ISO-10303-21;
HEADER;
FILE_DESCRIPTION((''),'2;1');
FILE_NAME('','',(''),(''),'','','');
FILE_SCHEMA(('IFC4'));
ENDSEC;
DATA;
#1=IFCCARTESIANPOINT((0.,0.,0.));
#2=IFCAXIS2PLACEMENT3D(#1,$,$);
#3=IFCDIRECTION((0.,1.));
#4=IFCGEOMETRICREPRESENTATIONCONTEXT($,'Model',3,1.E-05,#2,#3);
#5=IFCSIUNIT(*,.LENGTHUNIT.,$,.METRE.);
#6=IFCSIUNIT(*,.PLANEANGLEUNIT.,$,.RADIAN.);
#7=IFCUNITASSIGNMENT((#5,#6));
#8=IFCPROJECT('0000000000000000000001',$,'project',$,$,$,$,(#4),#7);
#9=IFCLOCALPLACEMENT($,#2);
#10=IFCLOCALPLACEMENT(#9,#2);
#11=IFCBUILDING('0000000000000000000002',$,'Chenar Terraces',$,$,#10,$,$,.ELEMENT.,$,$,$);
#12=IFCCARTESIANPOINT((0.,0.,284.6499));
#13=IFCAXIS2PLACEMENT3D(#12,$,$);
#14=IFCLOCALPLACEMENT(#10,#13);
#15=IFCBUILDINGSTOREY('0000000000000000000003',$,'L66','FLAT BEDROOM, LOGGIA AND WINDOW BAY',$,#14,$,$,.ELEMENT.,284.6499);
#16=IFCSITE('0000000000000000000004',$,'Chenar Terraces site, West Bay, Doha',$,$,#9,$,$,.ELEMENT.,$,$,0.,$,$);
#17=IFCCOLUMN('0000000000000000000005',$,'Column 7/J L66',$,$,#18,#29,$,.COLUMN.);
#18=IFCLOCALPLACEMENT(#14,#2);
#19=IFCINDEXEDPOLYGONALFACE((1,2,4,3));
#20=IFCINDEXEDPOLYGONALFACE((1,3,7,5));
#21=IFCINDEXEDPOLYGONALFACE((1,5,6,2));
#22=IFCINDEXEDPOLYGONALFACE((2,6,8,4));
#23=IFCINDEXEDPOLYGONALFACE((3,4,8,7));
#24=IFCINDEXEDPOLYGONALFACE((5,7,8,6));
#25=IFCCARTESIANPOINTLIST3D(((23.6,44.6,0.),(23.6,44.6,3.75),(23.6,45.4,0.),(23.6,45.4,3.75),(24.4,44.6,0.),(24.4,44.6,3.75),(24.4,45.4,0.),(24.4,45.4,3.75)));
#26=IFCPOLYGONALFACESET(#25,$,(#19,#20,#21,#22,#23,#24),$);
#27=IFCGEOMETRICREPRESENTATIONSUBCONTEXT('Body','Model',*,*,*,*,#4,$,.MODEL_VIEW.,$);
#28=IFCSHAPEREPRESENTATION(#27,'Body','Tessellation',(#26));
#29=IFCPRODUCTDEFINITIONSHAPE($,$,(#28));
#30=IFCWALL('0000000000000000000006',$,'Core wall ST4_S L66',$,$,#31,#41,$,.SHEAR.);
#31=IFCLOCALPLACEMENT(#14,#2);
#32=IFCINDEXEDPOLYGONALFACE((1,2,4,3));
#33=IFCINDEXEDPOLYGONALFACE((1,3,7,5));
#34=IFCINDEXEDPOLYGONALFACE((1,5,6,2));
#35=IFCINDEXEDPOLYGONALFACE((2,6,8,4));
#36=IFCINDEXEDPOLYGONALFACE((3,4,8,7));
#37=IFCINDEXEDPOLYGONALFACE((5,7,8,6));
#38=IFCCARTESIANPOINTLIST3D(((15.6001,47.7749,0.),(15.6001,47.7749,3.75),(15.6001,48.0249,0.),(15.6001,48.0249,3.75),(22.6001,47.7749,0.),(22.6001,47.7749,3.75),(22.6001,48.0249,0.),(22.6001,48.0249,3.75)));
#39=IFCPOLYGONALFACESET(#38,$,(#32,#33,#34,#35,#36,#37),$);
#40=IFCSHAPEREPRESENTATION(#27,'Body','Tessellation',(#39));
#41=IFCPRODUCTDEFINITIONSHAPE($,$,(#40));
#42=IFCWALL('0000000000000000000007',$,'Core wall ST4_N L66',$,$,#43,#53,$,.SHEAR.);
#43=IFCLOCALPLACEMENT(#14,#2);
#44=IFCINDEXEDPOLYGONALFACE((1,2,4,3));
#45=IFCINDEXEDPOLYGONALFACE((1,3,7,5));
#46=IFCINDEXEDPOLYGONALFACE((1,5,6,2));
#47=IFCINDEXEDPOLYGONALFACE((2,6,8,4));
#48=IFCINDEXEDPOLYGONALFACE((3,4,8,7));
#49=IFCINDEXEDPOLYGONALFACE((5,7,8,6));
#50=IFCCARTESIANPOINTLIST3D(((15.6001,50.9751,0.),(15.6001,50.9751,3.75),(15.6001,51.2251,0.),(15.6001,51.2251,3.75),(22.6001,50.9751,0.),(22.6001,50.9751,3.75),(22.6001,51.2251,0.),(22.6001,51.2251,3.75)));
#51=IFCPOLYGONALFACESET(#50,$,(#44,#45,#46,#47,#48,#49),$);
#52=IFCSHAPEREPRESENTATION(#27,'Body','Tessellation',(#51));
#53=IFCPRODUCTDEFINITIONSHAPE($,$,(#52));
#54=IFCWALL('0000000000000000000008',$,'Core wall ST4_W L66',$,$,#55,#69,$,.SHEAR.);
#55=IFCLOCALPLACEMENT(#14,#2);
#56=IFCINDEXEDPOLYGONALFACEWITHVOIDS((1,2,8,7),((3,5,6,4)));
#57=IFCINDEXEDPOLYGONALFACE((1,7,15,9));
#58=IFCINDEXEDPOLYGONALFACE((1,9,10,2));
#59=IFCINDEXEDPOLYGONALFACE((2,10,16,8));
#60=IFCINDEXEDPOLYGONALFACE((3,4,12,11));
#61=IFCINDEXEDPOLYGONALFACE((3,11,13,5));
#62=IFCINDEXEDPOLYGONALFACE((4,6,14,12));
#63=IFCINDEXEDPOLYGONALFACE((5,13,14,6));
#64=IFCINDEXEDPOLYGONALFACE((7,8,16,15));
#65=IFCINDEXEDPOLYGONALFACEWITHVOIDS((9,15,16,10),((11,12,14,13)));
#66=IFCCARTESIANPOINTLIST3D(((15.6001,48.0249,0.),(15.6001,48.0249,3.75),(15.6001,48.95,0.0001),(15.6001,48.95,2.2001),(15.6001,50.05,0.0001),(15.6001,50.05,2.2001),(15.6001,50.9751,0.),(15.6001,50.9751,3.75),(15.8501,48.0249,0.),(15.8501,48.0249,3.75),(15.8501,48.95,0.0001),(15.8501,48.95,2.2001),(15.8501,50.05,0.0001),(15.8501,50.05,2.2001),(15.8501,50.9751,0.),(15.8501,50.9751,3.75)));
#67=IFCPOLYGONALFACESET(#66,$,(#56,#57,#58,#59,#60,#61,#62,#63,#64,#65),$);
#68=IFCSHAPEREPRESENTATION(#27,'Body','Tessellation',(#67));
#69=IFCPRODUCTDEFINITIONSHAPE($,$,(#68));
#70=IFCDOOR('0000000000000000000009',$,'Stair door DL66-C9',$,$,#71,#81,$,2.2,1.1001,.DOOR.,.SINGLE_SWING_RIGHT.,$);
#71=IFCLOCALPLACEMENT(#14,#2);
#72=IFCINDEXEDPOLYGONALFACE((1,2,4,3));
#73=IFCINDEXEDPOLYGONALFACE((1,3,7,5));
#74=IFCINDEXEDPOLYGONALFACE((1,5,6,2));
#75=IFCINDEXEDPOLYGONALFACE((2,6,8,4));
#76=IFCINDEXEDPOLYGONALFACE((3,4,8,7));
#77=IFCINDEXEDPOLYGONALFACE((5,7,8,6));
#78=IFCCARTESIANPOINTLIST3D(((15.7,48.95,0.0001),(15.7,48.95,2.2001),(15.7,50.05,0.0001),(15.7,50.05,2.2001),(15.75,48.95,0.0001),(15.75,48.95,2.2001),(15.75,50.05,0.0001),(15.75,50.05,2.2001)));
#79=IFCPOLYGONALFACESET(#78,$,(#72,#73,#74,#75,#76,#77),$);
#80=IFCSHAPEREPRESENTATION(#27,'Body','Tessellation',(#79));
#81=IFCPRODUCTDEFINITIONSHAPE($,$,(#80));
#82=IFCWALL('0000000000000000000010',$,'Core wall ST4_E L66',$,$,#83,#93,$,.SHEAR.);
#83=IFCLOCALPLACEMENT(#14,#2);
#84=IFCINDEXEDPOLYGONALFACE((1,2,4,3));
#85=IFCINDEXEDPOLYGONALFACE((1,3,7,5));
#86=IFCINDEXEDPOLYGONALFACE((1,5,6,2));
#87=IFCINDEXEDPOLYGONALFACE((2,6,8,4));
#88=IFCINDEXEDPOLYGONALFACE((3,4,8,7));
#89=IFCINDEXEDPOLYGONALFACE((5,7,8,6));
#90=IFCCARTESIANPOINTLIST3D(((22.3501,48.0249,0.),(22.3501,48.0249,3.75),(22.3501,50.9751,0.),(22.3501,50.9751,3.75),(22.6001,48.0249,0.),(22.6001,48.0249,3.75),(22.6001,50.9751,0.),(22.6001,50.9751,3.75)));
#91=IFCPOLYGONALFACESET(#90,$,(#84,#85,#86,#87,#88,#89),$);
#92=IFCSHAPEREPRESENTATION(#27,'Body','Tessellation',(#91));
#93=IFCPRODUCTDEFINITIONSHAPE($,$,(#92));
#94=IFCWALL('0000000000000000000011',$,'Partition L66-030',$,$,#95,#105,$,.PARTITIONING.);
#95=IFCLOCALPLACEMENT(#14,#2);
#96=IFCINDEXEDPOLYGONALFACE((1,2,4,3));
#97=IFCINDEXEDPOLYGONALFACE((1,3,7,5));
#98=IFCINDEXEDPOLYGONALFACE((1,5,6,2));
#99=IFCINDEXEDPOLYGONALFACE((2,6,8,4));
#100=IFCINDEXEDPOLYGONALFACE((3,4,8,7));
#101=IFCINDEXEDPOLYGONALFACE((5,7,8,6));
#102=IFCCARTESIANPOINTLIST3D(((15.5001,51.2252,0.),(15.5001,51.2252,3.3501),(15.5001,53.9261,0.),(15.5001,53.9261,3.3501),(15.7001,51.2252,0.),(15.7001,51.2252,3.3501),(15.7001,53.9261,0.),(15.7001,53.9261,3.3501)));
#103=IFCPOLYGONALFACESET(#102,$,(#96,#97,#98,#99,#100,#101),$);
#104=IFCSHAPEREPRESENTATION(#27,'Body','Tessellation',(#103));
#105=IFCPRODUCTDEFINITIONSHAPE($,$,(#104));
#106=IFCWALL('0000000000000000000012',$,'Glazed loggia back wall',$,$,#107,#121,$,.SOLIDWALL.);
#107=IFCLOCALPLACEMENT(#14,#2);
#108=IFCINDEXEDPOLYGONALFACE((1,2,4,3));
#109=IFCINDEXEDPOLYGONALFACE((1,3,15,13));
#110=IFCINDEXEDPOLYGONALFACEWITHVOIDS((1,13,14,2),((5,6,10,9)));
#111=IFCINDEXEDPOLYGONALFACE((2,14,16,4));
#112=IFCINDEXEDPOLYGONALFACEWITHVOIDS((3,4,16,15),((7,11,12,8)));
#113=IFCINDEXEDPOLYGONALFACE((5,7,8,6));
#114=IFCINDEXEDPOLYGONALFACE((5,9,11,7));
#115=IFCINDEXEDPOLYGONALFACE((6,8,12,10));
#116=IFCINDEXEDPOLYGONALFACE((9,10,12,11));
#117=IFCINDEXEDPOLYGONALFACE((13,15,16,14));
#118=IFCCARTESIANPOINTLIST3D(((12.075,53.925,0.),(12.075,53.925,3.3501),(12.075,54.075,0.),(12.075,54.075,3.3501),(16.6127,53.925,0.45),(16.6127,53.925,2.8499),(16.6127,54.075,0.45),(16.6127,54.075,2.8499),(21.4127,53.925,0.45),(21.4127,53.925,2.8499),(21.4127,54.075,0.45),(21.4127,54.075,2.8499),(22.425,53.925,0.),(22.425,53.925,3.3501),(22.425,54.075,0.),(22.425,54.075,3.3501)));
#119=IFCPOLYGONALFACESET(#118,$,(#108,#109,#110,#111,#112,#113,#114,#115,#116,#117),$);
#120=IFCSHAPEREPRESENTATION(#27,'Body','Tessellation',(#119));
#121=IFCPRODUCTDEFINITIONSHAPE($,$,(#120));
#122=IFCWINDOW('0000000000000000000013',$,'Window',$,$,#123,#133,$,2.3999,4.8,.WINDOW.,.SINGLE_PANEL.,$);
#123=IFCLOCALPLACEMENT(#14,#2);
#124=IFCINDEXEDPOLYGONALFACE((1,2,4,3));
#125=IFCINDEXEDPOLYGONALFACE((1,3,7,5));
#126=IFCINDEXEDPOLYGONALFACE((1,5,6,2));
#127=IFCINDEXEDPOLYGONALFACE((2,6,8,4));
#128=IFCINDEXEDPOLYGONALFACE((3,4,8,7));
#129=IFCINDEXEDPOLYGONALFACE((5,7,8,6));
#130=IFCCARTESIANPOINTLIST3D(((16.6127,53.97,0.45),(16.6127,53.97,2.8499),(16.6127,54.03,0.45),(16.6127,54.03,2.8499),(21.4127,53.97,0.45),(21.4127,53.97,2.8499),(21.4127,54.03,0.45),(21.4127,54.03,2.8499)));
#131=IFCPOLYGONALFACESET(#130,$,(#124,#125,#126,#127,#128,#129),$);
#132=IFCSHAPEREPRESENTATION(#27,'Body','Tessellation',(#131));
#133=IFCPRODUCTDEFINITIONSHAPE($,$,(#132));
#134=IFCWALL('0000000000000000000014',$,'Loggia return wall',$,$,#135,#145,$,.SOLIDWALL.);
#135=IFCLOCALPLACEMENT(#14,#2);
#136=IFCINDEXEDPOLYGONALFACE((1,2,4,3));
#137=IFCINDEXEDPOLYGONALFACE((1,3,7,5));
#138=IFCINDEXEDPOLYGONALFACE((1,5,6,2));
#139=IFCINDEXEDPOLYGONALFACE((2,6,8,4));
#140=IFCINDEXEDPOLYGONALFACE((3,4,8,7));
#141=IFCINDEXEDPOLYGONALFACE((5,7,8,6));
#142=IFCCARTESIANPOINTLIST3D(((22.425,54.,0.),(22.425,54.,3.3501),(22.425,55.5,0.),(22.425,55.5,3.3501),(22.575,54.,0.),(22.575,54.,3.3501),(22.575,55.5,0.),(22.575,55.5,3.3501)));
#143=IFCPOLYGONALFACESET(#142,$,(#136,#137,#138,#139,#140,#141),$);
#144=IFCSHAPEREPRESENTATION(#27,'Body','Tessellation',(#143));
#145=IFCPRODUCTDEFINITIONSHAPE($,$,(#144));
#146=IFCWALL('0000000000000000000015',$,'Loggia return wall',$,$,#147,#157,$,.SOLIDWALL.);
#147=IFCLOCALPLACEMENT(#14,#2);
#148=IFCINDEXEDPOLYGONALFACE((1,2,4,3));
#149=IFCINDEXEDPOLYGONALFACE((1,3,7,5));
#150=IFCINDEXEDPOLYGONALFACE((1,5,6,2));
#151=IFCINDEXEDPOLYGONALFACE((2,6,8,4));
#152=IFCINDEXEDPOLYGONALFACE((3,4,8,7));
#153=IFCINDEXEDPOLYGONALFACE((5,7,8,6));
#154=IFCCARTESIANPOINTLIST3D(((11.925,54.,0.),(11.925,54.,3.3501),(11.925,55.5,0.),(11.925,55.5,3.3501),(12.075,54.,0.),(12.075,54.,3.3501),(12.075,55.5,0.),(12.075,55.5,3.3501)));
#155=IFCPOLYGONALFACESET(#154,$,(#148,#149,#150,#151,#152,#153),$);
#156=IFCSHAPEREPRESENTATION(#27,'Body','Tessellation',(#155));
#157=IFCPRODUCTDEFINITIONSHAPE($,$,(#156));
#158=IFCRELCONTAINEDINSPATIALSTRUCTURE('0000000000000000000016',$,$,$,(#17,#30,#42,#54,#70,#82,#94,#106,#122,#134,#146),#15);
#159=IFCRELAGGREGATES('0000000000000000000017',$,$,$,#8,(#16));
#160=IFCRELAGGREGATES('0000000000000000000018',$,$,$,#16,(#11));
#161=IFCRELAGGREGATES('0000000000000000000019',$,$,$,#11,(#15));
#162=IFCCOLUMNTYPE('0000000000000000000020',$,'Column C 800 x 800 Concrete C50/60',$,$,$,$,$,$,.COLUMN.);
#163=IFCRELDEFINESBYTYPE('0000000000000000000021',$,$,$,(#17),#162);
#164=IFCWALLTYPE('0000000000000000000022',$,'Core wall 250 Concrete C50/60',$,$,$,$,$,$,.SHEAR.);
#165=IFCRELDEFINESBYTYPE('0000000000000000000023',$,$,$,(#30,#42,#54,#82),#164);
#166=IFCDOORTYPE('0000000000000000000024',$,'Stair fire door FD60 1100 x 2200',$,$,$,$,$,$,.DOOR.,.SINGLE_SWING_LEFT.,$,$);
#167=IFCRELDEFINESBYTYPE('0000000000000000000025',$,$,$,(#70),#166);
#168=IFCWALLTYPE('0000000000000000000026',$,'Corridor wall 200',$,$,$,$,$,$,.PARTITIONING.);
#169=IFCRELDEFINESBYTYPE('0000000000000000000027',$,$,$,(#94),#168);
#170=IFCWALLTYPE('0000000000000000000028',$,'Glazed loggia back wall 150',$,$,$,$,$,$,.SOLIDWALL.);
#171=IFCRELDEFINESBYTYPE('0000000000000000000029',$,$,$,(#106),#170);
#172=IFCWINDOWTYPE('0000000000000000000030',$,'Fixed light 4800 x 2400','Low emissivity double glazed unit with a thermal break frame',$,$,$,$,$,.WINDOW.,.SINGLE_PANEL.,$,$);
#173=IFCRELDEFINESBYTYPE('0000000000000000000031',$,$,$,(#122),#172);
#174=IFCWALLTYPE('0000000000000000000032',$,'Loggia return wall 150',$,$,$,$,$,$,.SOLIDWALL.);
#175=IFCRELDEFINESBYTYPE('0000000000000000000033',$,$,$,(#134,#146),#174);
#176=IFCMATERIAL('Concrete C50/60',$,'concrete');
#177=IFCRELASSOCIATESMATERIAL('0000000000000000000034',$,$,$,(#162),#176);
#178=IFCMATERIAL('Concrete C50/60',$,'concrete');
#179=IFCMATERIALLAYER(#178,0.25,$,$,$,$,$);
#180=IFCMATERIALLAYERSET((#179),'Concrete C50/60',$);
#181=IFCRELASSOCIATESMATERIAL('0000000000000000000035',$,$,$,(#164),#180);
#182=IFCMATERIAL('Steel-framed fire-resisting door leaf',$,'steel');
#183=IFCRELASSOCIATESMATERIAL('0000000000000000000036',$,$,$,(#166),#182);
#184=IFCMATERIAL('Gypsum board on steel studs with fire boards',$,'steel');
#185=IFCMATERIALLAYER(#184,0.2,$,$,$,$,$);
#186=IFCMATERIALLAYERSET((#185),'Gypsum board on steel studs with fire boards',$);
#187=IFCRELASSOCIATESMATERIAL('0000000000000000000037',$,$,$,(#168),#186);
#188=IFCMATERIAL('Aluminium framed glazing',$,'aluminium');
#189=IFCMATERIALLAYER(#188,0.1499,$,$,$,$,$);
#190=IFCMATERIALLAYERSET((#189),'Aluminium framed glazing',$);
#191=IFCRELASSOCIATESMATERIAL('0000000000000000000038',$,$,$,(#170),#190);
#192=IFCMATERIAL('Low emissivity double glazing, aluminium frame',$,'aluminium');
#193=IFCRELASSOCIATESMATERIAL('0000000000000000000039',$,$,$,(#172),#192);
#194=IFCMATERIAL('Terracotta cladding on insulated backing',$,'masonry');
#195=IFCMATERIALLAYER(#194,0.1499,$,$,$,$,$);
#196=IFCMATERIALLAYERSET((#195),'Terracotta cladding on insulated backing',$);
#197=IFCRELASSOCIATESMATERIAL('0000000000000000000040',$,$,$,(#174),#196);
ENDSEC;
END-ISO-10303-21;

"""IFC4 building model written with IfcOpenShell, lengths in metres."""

from ifc_helpers import new_model, si_unit, direction, frame, frame_2d, origin, origin_2d, place, context, subcontext, project, spatial, rectangle, extrude, material, layer, layer_set, material_profile, profile_set, type_object, element, fill, save


model = new_model("IFC4")

# Units and contexts
model_context = context("Model", 3, precision=1e-05, world=origin(), true_north=direction((0.0, 1.0)))
body_context = subcontext(model_context, "Body", "Model", "MODEL_VIEW")
ifc_project = project(units=[si_unit("LENGTHUNIT", "METRE"), si_unit("PLANEANGLEUNIT", "RADIAN")], contexts=[model_context])

# Site, building, storey
site_placement = place(None, origin())
site = spatial("IfcSite", under=ifc_project, at=site_placement, Name="Chenar Terraces site, West Bay, Doha", CompositionType="ELEMENT", RefElevation=0.0)
building_placement = place(site_placement, origin())
building = spatial("IfcBuilding", under=site, at=building_placement, Name="Chenar Terraces", CompositionType="ELEMENT")
storey_placement = place(building_placement, frame((0.0, 0.0, 284.6499)))
storey = spatial("IfcBuildingStorey", under=building, at=storey_placement, Name="L66", Description="FLAT BEDROOM, LOGGIA AND WINDOW BAY", CompositionType="ELEMENT", Elevation=284.6499)

# Column
ifc_material_1 = material(Name="Concrete C50/60", Category="concrete")
ifc_material_profile = material_profile(ifc_material_1, rectangle(XDim=0.8, YDim=0.8, at=origin_2d()), Name="C 800 x 800")
ifc_profile_set = profile_set([ifc_material_profile], Name="Concrete C50/60")
column_type = type_object("IfcColumnType", Name="Column C 800 x 800 Concrete C50/60", PredefinedType="COLUMN", material=ifc_profile_set)
column_placement = place(storey_placement, frame((24.0, 45.0, 0.0), z_axis=(0.0, 0.0, 1.0), x_axis=(1.0, 0.0, 0.0)))
element("IfcColumn", 1, at=column_placement, inside=storey, type_object=column_type, Name="Column 7/J L66", PredefinedType="COLUMN", context=body_context, shape_type="SweptSolid", body=[
    extrude(rectangle(XDim=0.8, YDim=0.8, at=origin_2d()), origin(), (0.0, 0.0, 1.0), 3.75),
])

# Walls
ifc_material_2 = material(Name="Concrete C50/60", Category="concrete")
ifc_layer_1 = layer(ifc_material_2, 0.25)
ifc_layer_set_1 = layer_set([ifc_layer_1], Name="Concrete C50/60")
wall_type_1 = type_object("IfcWallType", Name="Core wall 250 Concrete C50/60", PredefinedType="SHEAR", material=ifc_layer_set_1)
for number, where, z_axis, x_axis, name in (
    (2, (15.6001, 47.8999, 0.0), (0.0, 0.0, 1.0), (1.0, 0.0, 0.0), "Core wall ST4_S L66"),
    (3, (15.6001, 51.1001, 0.0), (0.0, 0.0, 1.0), (1.0, 0.0, 0.0), "Core wall ST4_N L66"),
):
    element("IfcWall", number, at=place(storey_placement, frame(where, z_axis=z_axis, x_axis=x_axis)), inside=storey, type_object=wall_type_1, Name=name, PredefinedType="SHEAR", context=body_context, shape_type="SweptSolid", body=[
        extrude(rectangle(XDim=7.0, YDim=0.25, at=frame_2d((3.5, 0.0))), origin(), (0.0, 0.0, 1.0), 3.75),
    ])

# Wall, opening, door
wall_1_placement = place(storey_placement, frame((15.7251, 48.0249, 0.0), z_axis=(0.0, 0.0, 1.0), x_axis=(0.0, 1.0, 0.0)))
wall_1 = element("IfcWall", 4, at=wall_1_placement, inside=storey, type_object=wall_type_1, Name="Core wall ST4_W L66", PredefinedType="SHEAR", context=body_context, shape_type="SweptSolid", body=[
    extrude(rectangle(XDim=2.9502, YDim=0.25, at=frame_2d((1.4751, 0.0))), origin(), (0.0, 0.0, 1.0), 3.75),
])
opening_1_placement = place(wall_1_placement, frame((0.925, 0.0, 0.0)))
opening_1 = element("IfcOpeningElement", 5, at=opening_1_placement, cuts=wall_1, PredefinedType="OPENING", context=body_context, shape_type="SweptSolid", body=[
    extrude(rectangle(XDim=1.1001, YDim=2.2, at=frame_2d((0.55, 1.1001))), frame((0.0, 0.135, 0.0), z_axis=(0.0, -1.0, 0.0), x_axis=(1.0, 0.0, 0.0)), (0.0, 0.0, 1.0), 0.27),
])
ifc_material_3 = material(Name="Steel-framed fire-resisting door leaf", Category="steel")
door_type = type_object("IfcDoorType", Name="Stair fire door FD60 1100 x 2200", OperationType="SINGLE_SWING_LEFT", PredefinedType="DOOR", material=ifc_material_3)
door_placement = place(opening_1_placement, frame((1.1001, 0.0, 0.0), z_axis=(0.0, 0.0, 1.0), x_axis=(-1.0, 0.0, 0.0)))
door = element("IfcDoor", 6, at=door_placement, inside=storey, type_object=door_type, Name="Stair door DL66-C9", OperationType="SINGLE_SWING_RIGHT", OverallHeight=2.2, OverallWidth=1.1001, PredefinedType="DOOR", context=body_context, shape_type="SweptSolid", body=[
    extrude(rectangle(XDim=1.1001, YDim=2.2, at=frame_2d((0.55, 1.1001))), frame((0.0, 0.0249, 0.0), z_axis=(0.0, -1.0, 0.0), x_axis=(1.0, 0.0, 0.0)), (0.0, 0.0, 1.0), 0.05),
])
fill(opening_1, door)

# Walls
wall_2_placement = place(storey_placement, frame((22.4751, 48.0249, 0.0), z_axis=(0.0, 0.0, 1.0), x_axis=(0.0, 1.0, 0.0)))
element("IfcWall", 7, at=wall_2_placement, inside=storey, type_object=wall_type_1, Name="Core wall ST4_E L66", PredefinedType="SHEAR", context=body_context, shape_type="SweptSolid", body=[
    extrude(rectangle(XDim=2.9502, YDim=0.25, at=frame_2d((1.4751, 0.0))), origin(), (0.0, 0.0, 1.0), 3.75),
])
ifc_material_4 = material(Name="Gypsum board on steel studs with fire boards", Category="steel")
ifc_layer_2 = layer(ifc_material_4, 0.2)
ifc_layer_set_2 = layer_set([ifc_layer_2], Name="Gypsum board on steel studs with fire boards")
wall_type_2 = type_object("IfcWallType", Name="Corridor wall 200", PredefinedType="PARTITIONING", material=ifc_layer_set_2)
wall_3_placement = place(storey_placement, frame((15.6001, 51.2251, 0.0), z_axis=(0.0, 0.0, 1.0), x_axis=(0.0, 1.0, 0.0)))
element("IfcWall", 8, at=wall_3_placement, inside=storey, type_object=wall_type_2, Name="Partition L66-030", PredefinedType="PARTITIONING", context=body_context, shape_type="SweptSolid", body=[
    extrude(rectangle(XDim=2.7009, YDim=0.2, at=frame_2d((1.3506, 0.0))), origin(), (0.0, 0.0, 1.0), 3.3501),
])

# Wall, opening, window
ifc_material_5 = material(Name="Aluminium framed glazing", Category="aluminium")
ifc_layer_3 = layer(ifc_material_5, 0.1499)
ifc_layer_set_3 = layer_set([ifc_layer_3], Name="Aluminium framed glazing")
wall_type_3 = type_object("IfcWallType", Name="Glazed loggia back wall 150", PredefinedType="SOLIDWALL", material=ifc_layer_set_3)
wall_4_placement = place(storey_placement, frame((22.425, 54.0, 0.0), z_axis=(0.0, 0.0, 1.0), x_axis=(-1.0, 0.0, 0.0)))
wall_4 = element("IfcWall", 9, at=wall_4_placement, inside=storey, type_object=wall_type_3, Name="Glazed loggia back wall", PredefinedType="SOLIDWALL", context=body_context, shape_type="SweptSolid", body=[
    extrude(rectangle(XDim=10.3501, YDim=0.1499, at=frame_2d((5.175, 0.0))), origin(), (0.0, 0.0, 1.0), 3.3501),
])
opening_2_placement = place(wall_4_placement, frame((1.0125, 0.0, 0.45)))
opening_2 = element("IfcOpeningElement", 10, at=opening_2_placement, cuts=wall_4, PredefinedType="OPENING", context=body_context, shape_type="SweptSolid", body=[
    extrude(rectangle(XDim=4.8, YDim=2.3999, at=frame_2d((2.3999, 1.2))), frame((0.0, 0.085, 0.0), z_axis=(0.0, -1.0, 0.0), x_axis=(1.0, 0.0, 0.0)), (0.0, 0.0, 1.0), 0.1699),
])
ifc_material_6 = material(Name="Low emissivity double glazing, aluminium frame", Category="aluminium")
window_type = type_object("IfcWindowType", Name="Fixed light 4800 x 2400", Description="Low emissivity double glazed unit with a thermal break frame", PartitioningType="SINGLE_PANEL", PredefinedType="WINDOW", material=ifc_material_6)
window_placement = place(opening_2_placement, origin())
window = element("IfcWindow", 11, at=window_placement, inside=storey, type_object=window_type, Name="Window", OverallHeight=2.3999, OverallWidth=4.8, PartitioningType="SINGLE_PANEL", PredefinedType="WINDOW", context=body_context, shape_type="SweptSolid", body=[
    extrude(rectangle(XDim=4.8, YDim=2.3999, at=frame_2d((2.3999, 1.2))), frame((0.0, 0.03, 0.0), z_axis=(0.0, -1.0, 0.0), x_axis=(1.0, 0.0, 0.0)), (0.0, 0.0, 1.0), 0.0601),
])
fill(opening_2, window)

# Walls
ifc_material_7 = material(Name="Terracotta cladding on insulated backing", Category="masonry")
ifc_layer_4 = layer(ifc_material_7, 0.1499)
ifc_layer_set_4 = layer_set([ifc_layer_4], Name="Terracotta cladding on insulated backing")
wall_type_4 = type_object("IfcWallType", Name="Loggia return wall 150", PredefinedType="SOLIDWALL", material=ifc_layer_set_4)
for number, where, z_axis, x_axis, name in (
    (12, (22.5, 55.5, 0.0), (0.0, 0.0, 1.0), (0.0, -1.0, 0.0), "Loggia return wall"),
    (13, (12.0, 55.5, 0.0), (0.0, 0.0, 1.0), (0.0, -1.0, 0.0), "Loggia return wall"),
):
    element("IfcWall", number, at=place(storey_placement, frame(where, z_axis=z_axis, x_axis=x_axis)), inside=storey, type_object=wall_type_4, Name=name, PredefinedType="SOLIDWALL", context=body_context, shape_type="SweptSolid", body=[
        extrude(rectangle(XDim=1.5, YDim=0.1499, at=frame_2d((0.75, 0.0))), origin(), (0.0, 0.0, 1.0), 3.3501),
    ])

save(model, "model.ifc")
